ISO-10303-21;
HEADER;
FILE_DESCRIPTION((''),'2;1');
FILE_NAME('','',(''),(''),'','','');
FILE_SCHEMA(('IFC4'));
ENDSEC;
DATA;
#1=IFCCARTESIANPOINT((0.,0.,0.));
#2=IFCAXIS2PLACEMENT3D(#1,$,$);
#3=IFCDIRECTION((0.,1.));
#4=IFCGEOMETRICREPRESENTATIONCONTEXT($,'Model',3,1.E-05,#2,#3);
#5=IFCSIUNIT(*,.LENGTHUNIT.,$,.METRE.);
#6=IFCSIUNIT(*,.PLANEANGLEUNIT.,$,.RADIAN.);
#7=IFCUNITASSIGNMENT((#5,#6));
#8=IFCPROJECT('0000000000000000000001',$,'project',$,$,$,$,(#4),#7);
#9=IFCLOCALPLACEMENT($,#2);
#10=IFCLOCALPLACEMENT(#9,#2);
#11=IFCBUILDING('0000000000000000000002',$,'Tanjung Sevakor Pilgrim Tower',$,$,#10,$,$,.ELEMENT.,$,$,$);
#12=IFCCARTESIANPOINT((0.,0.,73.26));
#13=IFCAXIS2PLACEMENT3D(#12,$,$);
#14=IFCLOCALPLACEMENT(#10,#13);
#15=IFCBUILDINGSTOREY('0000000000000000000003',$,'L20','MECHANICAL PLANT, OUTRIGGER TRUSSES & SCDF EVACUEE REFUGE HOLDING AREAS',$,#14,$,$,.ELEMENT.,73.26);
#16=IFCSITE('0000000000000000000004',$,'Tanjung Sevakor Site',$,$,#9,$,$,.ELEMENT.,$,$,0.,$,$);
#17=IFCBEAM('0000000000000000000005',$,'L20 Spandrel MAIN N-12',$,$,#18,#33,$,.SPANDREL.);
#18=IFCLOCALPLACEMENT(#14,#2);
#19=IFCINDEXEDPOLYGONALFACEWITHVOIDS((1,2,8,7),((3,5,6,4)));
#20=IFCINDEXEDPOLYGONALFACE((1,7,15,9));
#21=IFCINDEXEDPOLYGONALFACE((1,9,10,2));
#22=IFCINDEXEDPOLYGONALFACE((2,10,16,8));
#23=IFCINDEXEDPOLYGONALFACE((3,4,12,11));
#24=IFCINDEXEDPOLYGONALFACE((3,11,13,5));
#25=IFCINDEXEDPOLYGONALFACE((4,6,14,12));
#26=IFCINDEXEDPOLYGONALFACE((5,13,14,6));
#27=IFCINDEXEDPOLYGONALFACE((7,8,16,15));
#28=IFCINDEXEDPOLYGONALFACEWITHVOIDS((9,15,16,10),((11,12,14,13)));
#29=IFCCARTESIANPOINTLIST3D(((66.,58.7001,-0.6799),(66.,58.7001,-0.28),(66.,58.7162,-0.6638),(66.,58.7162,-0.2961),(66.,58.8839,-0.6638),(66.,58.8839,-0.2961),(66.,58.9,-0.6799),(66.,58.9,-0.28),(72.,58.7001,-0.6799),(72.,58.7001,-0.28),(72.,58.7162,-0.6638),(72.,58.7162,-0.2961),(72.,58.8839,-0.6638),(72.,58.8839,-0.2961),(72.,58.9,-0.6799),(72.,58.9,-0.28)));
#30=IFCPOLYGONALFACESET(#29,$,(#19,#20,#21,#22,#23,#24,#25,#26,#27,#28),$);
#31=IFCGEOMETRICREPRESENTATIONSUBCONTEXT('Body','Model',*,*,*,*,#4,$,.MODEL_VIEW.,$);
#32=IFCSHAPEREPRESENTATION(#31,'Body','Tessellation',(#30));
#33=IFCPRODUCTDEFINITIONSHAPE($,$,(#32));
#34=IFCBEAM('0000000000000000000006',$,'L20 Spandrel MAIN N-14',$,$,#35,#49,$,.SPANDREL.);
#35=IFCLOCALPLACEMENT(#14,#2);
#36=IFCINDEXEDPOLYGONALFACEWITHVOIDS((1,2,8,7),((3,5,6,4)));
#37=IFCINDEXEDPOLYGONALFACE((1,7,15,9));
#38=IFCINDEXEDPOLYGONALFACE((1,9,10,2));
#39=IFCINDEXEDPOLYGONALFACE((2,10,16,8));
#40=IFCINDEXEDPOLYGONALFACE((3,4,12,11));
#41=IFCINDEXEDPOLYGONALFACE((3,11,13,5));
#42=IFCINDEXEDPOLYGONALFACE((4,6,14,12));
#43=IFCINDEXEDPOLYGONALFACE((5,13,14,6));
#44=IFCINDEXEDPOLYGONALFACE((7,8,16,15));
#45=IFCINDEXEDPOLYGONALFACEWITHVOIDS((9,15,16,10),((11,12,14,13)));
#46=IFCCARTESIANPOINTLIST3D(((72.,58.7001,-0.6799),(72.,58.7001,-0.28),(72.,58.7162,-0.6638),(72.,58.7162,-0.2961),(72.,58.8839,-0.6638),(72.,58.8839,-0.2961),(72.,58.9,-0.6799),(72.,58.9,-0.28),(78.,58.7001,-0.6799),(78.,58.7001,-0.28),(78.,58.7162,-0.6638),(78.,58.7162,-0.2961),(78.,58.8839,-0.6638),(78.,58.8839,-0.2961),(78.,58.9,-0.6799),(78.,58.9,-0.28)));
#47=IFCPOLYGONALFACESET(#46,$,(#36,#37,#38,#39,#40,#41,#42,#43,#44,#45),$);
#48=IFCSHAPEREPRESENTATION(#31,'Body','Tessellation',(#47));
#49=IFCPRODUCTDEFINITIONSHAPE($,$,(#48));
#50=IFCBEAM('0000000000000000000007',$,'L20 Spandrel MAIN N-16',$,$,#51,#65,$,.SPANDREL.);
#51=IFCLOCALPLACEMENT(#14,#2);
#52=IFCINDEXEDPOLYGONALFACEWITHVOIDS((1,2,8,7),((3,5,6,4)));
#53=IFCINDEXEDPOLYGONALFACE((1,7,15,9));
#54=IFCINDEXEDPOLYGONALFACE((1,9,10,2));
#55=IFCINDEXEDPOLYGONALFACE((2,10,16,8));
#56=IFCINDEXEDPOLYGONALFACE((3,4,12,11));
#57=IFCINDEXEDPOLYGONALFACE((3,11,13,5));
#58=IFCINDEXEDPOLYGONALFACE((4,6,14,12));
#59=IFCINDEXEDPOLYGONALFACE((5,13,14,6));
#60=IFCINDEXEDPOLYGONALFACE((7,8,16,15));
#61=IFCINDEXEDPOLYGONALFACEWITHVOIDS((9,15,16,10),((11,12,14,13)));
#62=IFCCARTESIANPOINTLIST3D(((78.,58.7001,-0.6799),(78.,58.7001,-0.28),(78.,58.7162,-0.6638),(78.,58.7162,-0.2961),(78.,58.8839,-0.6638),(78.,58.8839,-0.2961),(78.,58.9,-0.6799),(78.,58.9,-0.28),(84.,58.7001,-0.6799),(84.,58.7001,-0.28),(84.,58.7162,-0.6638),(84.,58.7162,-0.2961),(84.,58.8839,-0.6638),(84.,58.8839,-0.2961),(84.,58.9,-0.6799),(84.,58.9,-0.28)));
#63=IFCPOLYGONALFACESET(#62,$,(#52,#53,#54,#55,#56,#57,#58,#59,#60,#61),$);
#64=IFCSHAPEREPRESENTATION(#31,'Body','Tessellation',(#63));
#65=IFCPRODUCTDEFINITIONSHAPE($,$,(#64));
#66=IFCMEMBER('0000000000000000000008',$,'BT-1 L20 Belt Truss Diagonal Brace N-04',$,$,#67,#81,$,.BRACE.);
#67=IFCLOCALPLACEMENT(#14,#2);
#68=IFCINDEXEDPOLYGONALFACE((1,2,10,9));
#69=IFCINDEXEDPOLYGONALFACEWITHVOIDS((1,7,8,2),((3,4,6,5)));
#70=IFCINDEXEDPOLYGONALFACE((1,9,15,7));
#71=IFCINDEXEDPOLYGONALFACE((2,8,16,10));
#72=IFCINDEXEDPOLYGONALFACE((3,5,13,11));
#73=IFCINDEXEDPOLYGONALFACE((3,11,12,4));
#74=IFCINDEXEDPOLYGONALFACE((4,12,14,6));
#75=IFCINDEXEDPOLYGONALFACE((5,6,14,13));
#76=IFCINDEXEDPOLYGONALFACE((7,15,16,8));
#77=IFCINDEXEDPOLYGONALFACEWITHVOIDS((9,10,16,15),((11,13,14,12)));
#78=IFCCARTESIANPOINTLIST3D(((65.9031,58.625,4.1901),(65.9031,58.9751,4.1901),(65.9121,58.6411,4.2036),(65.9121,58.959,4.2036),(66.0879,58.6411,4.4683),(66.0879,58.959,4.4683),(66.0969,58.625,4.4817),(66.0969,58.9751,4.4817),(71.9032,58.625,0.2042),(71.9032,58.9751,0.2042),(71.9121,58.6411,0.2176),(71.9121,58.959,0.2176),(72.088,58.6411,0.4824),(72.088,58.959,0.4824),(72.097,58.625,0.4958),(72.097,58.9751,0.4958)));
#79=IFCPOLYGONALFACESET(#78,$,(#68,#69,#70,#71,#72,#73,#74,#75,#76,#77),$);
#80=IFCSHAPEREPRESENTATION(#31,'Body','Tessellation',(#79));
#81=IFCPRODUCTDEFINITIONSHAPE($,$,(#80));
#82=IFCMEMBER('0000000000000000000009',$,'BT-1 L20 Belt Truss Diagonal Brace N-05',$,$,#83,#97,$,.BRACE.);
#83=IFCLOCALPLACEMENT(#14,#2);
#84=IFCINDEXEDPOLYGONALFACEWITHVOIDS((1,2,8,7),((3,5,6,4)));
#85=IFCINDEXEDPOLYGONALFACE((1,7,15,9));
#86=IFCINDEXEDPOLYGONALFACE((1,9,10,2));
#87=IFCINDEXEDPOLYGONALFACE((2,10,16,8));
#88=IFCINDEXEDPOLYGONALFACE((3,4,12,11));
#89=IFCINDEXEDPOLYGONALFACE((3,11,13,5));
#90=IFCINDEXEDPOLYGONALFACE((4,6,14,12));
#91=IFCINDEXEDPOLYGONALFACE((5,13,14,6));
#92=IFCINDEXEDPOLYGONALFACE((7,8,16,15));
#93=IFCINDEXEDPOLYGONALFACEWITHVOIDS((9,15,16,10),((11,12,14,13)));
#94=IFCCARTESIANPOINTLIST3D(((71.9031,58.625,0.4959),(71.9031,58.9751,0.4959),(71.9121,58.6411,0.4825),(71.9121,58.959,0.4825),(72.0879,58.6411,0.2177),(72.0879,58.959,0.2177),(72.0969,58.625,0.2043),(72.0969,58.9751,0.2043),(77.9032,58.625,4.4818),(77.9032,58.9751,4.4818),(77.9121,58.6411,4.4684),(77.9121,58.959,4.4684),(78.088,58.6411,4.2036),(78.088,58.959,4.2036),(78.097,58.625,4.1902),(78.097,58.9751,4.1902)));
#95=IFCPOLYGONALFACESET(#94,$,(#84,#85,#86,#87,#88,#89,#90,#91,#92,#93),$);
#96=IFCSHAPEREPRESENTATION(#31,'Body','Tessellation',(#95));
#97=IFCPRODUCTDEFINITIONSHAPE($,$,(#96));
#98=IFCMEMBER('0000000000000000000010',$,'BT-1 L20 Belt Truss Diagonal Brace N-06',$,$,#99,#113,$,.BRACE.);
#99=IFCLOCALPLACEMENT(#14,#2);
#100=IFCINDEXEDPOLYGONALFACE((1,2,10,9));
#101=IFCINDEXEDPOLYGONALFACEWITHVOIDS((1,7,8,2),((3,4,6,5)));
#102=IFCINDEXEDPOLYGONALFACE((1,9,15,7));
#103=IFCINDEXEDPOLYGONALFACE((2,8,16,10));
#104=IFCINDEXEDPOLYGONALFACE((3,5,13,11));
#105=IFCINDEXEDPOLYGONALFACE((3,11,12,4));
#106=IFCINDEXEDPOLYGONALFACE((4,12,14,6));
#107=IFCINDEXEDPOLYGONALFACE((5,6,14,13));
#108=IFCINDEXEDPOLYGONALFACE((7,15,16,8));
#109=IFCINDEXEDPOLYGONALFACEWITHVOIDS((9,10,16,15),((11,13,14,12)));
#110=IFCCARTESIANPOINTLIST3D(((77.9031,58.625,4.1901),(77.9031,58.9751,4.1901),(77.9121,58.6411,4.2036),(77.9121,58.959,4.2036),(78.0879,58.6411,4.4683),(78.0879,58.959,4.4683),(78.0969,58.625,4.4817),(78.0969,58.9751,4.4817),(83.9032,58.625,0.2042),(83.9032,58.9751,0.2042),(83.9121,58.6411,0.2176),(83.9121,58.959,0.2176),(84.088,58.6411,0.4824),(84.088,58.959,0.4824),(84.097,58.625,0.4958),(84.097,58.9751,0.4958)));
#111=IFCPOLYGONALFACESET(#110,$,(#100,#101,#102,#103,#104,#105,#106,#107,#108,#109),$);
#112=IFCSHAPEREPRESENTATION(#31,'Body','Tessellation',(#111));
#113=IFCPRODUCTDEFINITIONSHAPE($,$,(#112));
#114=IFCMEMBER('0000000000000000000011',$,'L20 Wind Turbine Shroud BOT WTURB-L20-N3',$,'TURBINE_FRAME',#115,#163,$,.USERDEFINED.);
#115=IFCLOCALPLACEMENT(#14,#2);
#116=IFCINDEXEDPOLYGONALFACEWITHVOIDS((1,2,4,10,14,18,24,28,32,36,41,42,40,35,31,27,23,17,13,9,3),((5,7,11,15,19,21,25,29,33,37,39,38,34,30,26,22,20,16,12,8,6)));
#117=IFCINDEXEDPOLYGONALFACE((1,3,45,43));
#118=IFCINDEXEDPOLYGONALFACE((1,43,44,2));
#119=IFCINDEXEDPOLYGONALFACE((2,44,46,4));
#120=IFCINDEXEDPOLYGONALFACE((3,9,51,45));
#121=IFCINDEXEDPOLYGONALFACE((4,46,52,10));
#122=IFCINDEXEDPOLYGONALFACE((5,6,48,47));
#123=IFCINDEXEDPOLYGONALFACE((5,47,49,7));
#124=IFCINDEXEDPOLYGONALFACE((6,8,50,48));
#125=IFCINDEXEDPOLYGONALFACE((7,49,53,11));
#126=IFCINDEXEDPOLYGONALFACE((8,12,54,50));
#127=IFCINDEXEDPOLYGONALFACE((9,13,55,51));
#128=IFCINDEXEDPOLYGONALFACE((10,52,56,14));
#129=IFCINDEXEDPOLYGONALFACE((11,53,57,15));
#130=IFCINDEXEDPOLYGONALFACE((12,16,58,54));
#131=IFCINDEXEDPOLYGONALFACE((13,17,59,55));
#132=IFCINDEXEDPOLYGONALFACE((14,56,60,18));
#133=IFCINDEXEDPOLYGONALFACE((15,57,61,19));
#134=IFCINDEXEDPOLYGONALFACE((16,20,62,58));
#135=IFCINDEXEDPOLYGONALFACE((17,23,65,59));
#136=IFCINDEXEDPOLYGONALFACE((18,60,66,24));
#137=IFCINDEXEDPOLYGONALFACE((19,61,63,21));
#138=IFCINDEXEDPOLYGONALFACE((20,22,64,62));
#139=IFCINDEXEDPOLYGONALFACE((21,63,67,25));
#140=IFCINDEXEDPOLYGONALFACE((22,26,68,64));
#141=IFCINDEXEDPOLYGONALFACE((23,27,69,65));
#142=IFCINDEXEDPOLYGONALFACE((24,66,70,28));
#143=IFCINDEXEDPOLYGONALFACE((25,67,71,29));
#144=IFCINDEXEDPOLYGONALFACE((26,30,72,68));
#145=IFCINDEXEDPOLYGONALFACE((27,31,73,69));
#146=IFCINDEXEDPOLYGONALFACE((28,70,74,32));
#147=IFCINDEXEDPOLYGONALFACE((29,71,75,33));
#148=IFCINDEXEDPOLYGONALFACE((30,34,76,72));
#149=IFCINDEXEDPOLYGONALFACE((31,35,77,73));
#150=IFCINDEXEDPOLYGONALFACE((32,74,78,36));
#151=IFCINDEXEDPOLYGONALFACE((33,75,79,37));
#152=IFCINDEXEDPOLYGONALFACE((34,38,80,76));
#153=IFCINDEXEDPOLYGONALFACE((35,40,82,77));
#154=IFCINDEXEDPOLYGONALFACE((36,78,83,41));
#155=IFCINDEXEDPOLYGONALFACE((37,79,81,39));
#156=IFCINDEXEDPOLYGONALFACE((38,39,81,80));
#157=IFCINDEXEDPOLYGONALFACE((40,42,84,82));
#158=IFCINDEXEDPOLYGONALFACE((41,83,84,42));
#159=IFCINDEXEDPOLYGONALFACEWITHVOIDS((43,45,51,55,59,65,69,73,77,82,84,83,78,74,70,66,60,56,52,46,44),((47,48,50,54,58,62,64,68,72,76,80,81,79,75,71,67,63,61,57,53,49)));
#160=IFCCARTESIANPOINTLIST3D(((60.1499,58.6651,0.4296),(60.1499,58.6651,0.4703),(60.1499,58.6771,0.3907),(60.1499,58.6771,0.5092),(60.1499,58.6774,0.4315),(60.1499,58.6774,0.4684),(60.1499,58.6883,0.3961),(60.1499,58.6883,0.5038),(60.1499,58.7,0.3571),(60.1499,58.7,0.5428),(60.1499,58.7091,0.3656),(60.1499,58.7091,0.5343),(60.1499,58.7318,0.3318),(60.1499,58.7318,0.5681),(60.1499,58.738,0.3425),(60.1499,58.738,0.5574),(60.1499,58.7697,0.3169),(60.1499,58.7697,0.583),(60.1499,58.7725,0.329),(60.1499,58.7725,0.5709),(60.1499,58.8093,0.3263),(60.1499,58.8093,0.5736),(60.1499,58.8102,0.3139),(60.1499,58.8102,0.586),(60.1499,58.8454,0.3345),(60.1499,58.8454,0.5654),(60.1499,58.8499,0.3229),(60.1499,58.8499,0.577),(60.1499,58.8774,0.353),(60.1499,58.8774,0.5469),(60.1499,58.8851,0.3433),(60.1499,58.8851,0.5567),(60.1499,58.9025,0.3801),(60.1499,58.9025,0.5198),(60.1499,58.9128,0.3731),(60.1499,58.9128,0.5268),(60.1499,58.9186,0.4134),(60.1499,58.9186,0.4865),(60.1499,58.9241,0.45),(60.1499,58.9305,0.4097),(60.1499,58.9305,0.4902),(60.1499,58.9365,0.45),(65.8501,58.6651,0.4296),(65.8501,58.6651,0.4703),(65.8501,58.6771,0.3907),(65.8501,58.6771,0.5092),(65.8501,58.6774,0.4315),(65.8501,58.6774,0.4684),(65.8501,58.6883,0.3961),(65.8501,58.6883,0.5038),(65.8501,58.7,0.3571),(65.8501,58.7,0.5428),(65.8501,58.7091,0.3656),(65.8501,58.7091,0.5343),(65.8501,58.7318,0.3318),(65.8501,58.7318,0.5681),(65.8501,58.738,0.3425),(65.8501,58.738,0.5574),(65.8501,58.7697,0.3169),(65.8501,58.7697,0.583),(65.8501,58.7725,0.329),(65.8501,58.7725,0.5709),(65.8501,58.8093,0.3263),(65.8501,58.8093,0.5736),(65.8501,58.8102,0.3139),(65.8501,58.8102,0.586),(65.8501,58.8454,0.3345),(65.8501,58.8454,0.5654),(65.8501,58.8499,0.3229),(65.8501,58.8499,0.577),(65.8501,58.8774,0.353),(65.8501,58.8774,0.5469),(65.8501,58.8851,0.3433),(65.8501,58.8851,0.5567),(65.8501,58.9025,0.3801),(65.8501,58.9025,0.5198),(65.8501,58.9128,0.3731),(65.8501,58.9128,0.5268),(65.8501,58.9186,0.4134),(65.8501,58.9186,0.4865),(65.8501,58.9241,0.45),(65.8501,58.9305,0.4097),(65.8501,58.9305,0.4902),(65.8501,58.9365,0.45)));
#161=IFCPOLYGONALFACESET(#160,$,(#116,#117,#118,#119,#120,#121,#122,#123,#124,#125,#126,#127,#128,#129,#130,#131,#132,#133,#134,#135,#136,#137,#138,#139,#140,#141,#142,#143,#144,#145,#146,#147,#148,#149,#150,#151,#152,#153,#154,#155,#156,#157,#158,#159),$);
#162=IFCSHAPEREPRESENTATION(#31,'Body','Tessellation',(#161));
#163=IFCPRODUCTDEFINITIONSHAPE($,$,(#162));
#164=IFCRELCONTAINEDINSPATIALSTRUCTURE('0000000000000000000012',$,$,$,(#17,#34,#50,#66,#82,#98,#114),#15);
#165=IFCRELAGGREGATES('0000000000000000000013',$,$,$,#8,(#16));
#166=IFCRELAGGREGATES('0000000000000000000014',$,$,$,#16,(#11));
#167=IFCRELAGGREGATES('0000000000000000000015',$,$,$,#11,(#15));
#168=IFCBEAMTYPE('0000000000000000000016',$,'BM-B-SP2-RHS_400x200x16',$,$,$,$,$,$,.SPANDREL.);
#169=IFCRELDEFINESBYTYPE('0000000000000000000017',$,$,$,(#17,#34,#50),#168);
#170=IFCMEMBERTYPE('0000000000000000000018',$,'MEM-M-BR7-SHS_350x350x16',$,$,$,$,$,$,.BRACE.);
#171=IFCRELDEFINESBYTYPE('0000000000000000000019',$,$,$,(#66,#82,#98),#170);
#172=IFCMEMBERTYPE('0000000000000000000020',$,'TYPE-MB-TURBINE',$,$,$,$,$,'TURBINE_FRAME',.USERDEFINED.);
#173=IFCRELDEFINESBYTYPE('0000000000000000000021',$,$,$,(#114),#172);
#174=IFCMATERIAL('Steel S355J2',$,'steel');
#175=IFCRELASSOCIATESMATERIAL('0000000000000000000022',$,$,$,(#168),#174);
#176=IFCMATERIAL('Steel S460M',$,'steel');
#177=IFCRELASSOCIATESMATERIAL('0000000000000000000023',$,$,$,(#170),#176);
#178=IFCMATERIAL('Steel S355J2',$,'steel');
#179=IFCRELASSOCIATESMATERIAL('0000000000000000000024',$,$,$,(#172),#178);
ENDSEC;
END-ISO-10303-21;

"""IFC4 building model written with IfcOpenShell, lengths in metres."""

from ifc_helpers import new_model, si_unit, direction, frame, origin, origin_2d, place, context, subcontext, project, spatial, hollow_rectangle, hollow_circle, extrude, material, material_profile, profile_set, type_object, element, save


model = new_model("IFC4")

# Units and contexts
model_context = context("Model", 3, precision=1e-05, world=origin(), true_north=direction((0.0, 1.0)))
body_context = subcontext(model_context, "Body", "Model", "MODEL_VIEW")
ifc_project = project(units=[si_unit("LENGTHUNIT", "METRE"), si_unit("PLANEANGLEUNIT", "RADIAN")], contexts=[model_context])

# Site, building, storey
site_placement = place(None, origin())
site = spatial("IfcSite", under=ifc_project, at=site_placement, Name="Tanjung Sevakor Site", CompositionType="ELEMENT", RefElevation=0.0)
building_placement = place(site_placement, origin())
building = spatial("IfcBuilding", under=site, at=building_placement, Name="Tanjung Sevakor Pilgrim Tower", CompositionType="ELEMENT")
storey_placement = place(building_placement, frame((0.0, 0.0, 73.26)))
storey = spatial("IfcBuildingStorey", under=building, at=storey_placement, Name="L20", Description="MECHANICAL PLANT, OUTRIGGER TRUSSES & SCDF EVACUEE REFUGE HOLDING AREAS", CompositionType="ELEMENT", Elevation=73.26)

# Beams
ifc_material_1 = material(Name="Steel S355J2", Category="steel")
ifc_material_profile_1 = material_profile(ifc_material_1, hollow_rectangle(XDim=0.2, YDim=0.3999, WallThickness=0.0161, at=origin_2d()))
ifc_profile_set_1 = profile_set([ifc_material_profile_1], Name="Steel S355J2")
beam_type_1 = type_object("IfcBeamType", Name="BM-B-SP2-RHS_400x200x16", PredefinedType="SPANDREL", material=ifc_profile_set_1)
for number, where, z_axis, x_axis, name in (
    (1, (66.0, 58.8, -0.48), (1.0, 0.0, 0.0), (0.0, 1.0, 0.0), "L20 Spandrel MAIN N-12"),
    (2, (72.0, 58.8, -0.48), (1.0, 0.0, 0.0), (0.0, 1.0, 0.0), "L20 Spandrel MAIN N-14"),
    (3, (78.0, 58.8, -0.48), (1.0, 0.0, 0.0), (0.0, 1.0, 0.0), "L20 Spandrel MAIN N-16"),
):
    element("IfcBeam", number, at=place(storey_placement, frame(where, z_axis=z_axis, x_axis=x_axis)), inside=storey, type_object=beam_type_1, Name=name, PredefinedType="SPANDREL", context=body_context, shape_type="SweptSolid", body=[
        extrude(hollow_rectangle(XDim=0.2, YDim=0.3999, WallThickness=0.0161, at=origin_2d()), origin(), (0.0, 0.0, 1.0), 6.0),
    ])

# Members
ifc_material_2 = material(Name="Steel S460M", Category="steel")
ifc_material_profile_2 = material_profile(ifc_material_2, hollow_rectangle(XDim=0.3501, YDim=0.3501, WallThickness=0.0161, at=origin_2d()))
ifc_profile_set_2 = profile_set([ifc_material_profile_2], Name="Steel S460M")
member_type_1 = type_object("IfcMemberType", Name="MEM-M-BR7-SHS_350x350x16", PredefinedType="BRACE", material=ifc_profile_set_2)
for number, where, z_axis, x_axis, name in (
    (4, (66.0, 58.8, 4.3359), (0.832956, 0.0, -0.553339), (0.0, 1.0, 0.0), "BT-1 L20 Belt Truss Diagonal Brace N-04"),
    (5, (72.0, 58.8, 0.3501), (0.832956, 0.0, 0.553339), (0.0, 1.0, 0.0), "BT-1 L20 Belt Truss Diagonal Brace N-05"),
    (6, (78.0, 58.8, 4.3359), (0.832956, 0.0, -0.553339), (0.0, 1.0, 0.0), "BT-1 L20 Belt Truss Diagonal Brace N-06"),
):
    element("IfcMember", number, at=place(storey_placement, frame(where, z_axis=z_axis, x_axis=x_axis)), inside=storey, type_object=member_type_1, Name=name, PredefinedType="BRACE", context=body_context, shape_type="SweptSolid", body=[
        extrude(hollow_rectangle(XDim=0.3501, YDim=0.3501, WallThickness=0.0161, at=origin_2d()), origin(), (0.0, 0.0, 1.0), 7.2034),
    ])
ifc_material_3 = material(Name="Steel S355J2", Category="steel")
ifc_material_profile_3 = material_profile(ifc_material_3, hollow_circle(Radius=0.1365, WallThickness=0.0125, at=origin_2d()))
ifc_profile_set_3 = profile_set([ifc_material_profile_3], Name="Steel S355J2")
member_type_2 = type_object("IfcMemberType", Name="TYPE-MB-TURBINE", ElementType="TURBINE_FRAME", PredefinedType="USERDEFINED", material=ifc_profile_set_3)
for number, where, z_axis, x_axis, name in (
    (7, (60.1499, 58.8, 0.45), (1.0, 0.0, 0.0), (0.0, 1.0, 0.0), "L20 Wind Turbine Shroud BOT WTURB-L20-N3"),
):
    element("IfcMember", number, at=place(storey_placement, frame(where, z_axis=z_axis, x_axis=x_axis)), inside=storey, type_object=member_type_2, Name=name, ObjectType="TURBINE_FRAME", PredefinedType="USERDEFINED", context=body_context, shape_type="SweptSolid", body=[
        extrude(hollow_circle(Radius=0.1365, WallThickness=0.0125, at=origin_2d()), origin(), (0.0, 0.0, 1.0), 5.7002),
    ])

save(model, "model.ifc")
